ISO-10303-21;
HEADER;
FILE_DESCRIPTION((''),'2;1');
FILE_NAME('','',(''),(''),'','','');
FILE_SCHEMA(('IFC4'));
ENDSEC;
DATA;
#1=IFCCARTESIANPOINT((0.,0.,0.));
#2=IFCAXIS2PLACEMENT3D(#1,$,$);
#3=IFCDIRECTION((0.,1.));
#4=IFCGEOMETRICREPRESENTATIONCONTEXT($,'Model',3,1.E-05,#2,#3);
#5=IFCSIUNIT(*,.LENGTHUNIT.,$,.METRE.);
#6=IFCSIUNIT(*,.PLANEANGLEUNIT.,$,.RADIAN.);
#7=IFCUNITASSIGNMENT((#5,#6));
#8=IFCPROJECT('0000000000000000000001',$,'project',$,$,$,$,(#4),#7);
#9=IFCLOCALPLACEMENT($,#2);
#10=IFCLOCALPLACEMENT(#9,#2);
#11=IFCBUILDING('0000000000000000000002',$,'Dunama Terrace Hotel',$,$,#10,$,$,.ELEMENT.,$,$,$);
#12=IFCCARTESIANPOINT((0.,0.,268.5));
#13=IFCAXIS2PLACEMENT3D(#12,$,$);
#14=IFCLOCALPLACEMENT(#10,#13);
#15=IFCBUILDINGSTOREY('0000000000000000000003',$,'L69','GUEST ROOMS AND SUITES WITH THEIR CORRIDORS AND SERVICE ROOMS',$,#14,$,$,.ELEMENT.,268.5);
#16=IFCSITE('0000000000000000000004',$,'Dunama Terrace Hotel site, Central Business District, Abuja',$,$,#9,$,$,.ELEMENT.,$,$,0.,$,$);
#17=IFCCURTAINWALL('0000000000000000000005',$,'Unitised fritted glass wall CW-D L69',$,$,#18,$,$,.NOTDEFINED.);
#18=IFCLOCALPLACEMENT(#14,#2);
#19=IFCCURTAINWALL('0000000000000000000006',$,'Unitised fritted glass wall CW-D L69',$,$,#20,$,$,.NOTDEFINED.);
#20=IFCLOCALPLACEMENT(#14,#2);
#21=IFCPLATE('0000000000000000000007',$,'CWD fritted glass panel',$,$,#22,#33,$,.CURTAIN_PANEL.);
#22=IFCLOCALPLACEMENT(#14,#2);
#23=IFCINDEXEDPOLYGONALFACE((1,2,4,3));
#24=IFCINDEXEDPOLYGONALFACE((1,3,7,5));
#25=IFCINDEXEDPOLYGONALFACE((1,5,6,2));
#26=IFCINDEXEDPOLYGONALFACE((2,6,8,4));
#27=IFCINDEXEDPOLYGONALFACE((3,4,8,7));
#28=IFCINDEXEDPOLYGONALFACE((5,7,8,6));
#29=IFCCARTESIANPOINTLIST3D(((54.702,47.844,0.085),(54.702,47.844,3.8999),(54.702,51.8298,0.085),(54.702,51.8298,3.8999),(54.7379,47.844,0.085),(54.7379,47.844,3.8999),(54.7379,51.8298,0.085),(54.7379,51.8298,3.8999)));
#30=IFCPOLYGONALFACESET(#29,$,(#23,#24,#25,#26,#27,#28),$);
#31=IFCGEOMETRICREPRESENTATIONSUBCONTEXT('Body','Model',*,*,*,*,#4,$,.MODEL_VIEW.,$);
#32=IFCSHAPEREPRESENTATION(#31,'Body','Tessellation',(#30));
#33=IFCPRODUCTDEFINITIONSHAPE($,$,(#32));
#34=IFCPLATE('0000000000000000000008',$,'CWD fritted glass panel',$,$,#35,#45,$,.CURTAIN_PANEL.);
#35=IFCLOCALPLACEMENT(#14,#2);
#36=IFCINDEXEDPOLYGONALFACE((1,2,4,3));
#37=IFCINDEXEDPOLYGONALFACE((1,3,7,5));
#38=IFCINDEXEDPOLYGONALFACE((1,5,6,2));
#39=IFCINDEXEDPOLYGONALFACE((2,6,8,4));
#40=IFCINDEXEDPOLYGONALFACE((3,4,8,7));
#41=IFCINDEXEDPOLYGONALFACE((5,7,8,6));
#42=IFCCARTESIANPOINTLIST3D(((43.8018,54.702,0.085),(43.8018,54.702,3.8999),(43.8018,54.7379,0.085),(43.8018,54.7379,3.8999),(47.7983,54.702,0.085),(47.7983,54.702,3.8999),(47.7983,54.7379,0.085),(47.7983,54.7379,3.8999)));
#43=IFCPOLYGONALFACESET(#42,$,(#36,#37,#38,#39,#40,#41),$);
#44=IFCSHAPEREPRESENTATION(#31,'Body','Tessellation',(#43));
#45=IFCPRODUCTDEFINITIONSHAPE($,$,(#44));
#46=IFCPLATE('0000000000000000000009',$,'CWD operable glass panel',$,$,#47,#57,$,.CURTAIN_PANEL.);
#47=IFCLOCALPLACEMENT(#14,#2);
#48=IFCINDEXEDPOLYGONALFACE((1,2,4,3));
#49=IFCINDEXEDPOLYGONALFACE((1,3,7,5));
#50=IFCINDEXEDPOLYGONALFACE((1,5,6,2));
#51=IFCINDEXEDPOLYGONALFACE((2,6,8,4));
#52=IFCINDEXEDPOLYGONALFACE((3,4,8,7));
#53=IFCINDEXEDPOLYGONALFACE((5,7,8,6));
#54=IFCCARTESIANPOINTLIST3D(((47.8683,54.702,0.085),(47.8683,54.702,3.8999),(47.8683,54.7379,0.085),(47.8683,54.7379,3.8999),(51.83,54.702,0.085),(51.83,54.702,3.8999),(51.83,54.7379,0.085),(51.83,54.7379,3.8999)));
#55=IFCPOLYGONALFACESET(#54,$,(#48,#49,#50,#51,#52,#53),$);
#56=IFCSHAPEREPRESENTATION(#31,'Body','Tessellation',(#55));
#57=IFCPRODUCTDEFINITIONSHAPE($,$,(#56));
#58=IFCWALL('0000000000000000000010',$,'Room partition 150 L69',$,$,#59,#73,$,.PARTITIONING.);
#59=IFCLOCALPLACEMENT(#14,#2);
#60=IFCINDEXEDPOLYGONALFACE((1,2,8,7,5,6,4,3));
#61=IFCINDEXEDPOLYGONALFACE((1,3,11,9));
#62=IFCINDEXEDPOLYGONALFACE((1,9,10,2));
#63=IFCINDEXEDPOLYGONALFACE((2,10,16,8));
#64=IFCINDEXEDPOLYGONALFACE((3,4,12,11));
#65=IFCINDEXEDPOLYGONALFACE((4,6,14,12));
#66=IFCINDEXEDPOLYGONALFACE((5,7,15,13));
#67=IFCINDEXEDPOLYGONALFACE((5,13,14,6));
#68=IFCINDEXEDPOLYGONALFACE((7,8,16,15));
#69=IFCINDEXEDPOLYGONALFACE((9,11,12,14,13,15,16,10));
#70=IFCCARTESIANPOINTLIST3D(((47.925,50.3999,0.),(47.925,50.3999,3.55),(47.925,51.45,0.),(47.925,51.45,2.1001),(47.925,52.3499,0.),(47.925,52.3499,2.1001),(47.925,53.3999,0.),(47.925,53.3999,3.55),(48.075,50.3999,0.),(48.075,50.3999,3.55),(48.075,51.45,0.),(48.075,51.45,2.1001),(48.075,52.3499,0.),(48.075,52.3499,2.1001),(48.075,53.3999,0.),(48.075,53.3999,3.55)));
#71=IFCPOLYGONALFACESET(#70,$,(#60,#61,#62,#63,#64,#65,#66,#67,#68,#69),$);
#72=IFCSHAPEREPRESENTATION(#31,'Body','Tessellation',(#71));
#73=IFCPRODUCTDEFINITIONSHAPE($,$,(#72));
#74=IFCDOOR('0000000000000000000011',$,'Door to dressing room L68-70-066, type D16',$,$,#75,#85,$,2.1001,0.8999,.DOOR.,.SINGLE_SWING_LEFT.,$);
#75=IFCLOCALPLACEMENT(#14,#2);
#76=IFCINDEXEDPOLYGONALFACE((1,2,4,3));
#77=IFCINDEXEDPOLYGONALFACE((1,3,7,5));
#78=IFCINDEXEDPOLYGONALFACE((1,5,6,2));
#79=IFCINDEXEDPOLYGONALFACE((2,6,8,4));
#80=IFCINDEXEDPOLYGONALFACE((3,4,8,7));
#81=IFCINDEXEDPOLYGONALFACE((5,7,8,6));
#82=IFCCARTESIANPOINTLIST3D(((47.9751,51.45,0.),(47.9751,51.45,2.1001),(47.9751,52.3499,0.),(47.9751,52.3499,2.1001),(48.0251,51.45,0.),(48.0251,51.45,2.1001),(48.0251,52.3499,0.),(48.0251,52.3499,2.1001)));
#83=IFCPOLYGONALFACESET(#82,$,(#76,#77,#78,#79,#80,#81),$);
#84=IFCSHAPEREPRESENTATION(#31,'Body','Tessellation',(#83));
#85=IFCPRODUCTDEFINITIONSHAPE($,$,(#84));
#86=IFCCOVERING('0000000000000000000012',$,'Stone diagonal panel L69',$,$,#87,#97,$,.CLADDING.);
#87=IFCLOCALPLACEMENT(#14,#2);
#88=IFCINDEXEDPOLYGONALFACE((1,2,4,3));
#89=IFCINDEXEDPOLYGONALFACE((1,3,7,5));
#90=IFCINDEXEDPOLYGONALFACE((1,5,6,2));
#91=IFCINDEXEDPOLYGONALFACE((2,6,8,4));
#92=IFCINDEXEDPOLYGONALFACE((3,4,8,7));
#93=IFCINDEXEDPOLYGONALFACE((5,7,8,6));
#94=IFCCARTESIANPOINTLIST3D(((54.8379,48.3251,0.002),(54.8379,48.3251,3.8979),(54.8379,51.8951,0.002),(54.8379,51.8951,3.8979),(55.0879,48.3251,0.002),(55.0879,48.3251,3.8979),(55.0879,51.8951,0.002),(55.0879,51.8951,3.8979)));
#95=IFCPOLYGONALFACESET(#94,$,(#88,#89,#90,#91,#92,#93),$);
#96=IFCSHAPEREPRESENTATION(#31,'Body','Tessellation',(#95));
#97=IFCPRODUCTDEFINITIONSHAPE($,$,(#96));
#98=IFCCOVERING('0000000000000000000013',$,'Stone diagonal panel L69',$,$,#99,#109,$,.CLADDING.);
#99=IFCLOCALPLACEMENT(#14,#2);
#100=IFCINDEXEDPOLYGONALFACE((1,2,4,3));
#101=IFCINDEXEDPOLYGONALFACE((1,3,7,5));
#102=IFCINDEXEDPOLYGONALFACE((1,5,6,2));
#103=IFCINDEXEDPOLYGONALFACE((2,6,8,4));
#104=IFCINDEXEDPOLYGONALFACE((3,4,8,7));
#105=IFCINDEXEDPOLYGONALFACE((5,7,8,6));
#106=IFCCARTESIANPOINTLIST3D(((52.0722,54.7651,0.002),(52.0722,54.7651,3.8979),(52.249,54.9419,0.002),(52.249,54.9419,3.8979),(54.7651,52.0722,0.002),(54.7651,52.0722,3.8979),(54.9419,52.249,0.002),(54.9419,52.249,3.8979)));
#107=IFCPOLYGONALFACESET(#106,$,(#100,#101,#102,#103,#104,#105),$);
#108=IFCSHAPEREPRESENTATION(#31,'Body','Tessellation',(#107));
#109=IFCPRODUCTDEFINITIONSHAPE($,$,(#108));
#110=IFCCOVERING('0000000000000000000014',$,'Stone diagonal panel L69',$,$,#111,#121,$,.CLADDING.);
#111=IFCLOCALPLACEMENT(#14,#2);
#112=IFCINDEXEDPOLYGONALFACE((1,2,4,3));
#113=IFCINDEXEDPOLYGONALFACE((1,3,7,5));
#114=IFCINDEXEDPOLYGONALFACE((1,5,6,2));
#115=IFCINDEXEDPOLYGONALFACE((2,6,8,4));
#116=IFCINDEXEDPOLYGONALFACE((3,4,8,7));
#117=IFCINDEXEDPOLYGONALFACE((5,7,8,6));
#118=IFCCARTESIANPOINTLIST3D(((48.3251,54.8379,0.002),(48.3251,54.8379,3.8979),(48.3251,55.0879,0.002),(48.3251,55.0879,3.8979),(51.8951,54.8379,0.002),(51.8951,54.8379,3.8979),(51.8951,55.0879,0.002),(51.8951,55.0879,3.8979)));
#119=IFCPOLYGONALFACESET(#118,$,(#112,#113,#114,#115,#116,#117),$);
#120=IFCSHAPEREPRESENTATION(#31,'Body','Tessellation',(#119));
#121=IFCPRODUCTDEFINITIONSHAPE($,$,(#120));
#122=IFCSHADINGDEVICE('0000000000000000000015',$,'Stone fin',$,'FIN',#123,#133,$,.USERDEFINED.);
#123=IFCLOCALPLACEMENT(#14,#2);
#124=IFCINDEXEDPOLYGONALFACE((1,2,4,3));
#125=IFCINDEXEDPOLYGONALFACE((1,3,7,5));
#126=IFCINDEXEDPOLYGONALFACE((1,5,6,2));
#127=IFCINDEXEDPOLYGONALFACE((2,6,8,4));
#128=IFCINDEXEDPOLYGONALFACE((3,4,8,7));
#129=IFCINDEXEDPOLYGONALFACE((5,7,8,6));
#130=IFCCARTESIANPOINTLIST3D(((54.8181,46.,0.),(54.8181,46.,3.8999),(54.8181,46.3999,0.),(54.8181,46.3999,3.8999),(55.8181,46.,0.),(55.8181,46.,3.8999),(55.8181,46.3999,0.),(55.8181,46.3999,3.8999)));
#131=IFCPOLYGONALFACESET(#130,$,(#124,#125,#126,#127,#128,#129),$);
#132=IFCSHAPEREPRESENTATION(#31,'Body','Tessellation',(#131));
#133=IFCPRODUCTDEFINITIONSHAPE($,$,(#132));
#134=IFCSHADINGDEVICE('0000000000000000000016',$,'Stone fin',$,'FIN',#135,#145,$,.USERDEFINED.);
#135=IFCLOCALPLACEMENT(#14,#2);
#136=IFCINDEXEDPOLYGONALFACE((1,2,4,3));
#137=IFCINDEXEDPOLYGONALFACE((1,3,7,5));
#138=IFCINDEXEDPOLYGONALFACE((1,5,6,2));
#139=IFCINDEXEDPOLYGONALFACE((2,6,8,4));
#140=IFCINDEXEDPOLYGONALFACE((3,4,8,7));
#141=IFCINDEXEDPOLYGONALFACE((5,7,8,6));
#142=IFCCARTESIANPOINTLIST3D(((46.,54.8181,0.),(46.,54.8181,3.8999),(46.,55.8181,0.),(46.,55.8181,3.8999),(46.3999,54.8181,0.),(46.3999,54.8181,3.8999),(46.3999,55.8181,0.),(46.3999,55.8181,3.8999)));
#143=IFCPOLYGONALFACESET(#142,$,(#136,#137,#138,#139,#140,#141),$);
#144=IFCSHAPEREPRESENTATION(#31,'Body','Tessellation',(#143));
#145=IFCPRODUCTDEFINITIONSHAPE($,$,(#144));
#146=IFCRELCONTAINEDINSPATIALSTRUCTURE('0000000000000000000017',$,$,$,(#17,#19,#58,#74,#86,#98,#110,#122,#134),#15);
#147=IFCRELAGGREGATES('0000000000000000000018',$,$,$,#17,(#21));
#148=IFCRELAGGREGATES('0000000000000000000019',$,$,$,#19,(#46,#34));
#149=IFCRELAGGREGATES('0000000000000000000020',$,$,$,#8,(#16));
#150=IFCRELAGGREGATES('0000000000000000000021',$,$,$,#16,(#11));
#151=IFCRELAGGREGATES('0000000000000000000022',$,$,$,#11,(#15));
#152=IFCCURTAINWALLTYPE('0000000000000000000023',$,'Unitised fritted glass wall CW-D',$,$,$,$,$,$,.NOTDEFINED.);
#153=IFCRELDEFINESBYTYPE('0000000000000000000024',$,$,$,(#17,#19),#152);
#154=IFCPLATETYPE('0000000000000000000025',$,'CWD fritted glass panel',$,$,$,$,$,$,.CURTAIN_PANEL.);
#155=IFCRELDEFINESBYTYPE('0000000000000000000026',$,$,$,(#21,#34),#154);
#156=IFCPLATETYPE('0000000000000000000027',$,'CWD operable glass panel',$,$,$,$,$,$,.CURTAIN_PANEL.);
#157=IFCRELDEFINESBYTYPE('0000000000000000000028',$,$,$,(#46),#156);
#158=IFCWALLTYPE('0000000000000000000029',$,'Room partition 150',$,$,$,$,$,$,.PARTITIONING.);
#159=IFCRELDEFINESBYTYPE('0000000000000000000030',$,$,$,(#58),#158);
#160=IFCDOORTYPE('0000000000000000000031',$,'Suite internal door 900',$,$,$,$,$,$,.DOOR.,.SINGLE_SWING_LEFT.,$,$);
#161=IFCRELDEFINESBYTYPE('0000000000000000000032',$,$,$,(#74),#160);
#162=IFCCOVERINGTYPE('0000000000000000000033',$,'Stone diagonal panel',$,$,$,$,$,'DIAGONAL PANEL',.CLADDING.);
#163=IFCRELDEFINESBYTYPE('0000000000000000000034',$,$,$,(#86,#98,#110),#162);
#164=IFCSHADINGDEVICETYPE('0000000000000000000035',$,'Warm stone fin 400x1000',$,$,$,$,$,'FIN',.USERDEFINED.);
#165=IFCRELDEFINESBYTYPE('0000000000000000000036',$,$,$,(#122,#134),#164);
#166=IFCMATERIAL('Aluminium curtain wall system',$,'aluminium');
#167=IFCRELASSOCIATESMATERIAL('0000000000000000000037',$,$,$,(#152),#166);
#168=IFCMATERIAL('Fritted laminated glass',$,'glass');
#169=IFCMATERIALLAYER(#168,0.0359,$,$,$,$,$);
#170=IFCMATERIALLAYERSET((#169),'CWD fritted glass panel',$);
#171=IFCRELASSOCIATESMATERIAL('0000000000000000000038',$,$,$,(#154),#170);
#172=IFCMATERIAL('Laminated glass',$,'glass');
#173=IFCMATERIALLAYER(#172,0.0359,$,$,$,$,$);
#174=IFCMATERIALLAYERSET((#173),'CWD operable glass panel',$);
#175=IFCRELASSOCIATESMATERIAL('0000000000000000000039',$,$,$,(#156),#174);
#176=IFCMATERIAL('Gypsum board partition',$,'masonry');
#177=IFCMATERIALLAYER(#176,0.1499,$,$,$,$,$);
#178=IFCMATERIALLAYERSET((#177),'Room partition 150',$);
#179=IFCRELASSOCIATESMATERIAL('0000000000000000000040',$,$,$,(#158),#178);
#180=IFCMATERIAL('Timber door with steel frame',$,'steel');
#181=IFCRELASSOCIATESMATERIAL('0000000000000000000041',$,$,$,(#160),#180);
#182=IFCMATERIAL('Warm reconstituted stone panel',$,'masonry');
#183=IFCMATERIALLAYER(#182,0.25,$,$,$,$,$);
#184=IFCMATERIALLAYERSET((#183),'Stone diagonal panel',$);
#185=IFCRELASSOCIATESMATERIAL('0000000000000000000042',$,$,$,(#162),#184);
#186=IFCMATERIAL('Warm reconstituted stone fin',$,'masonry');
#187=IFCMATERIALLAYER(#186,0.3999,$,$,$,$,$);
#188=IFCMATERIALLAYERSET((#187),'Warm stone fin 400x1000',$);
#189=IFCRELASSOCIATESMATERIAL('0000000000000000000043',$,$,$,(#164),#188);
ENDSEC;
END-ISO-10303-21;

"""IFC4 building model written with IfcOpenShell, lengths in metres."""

from ifc_helpers import new_model, si_unit, direction, frame, frame_2d, origin, origin_2d, place, context, subcontext, project, spatial, rectangle, extrude, material, layer, layer_set, type_object, element, fill, aggregate, save


model = new_model("IFC4")

# Units and contexts
model_context = context("Model", 3, precision=1e-05, world=origin(), true_north=direction((0.0, 1.0)))
body_context = subcontext(model_context, "Body", "Model", "MODEL_VIEW")
ifc_project = project(units=[si_unit("LENGTHUNIT", "METRE"), si_unit("PLANEANGLEUNIT", "RADIAN")], contexts=[model_context])

# Site, building, storey
site_placement = place(None, origin())
site = spatial("IfcSite", under=ifc_project, at=site_placement, Name="Dunama Terrace Hotel site, Central Business District, Abuja", CompositionType="ELEMENT", RefElevation=0.0)
building_placement = place(site_placement, origin())
building = spatial("IfcBuilding", under=site, at=building_placement, Name="Dunama Terrace Hotel", CompositionType="ELEMENT")
storey_placement = place(building_placement, frame((0.0, 0.0, 268.5)))
storey = spatial("IfcBuildingStorey", under=building, at=storey_placement, Name="L69", Description="GUEST ROOMS AND SUITES WITH THEIR CORRIDORS AND SERVICE ROOMS", CompositionType="ELEMENT", Elevation=268.5)

# Curtain walls
ifc_material_1 = material(Name="Aluminium curtain wall system", Category="aluminium")
curtain_wall_type = type_object("IfcCurtainWallType", Name="Unitised fritted glass wall CW-D", PredefinedType="NOTDEFINED", material=ifc_material_1)
curtain_wall_1_placement = place(storey_placement, origin())
curtain_wall_1 = element("IfcCurtainWall", 1, at=curtain_wall_1_placement, inside=storey, type_object=curtain_wall_type, Name="Unitised fritted glass wall CW-D L69", PredefinedType="NOTDEFINED")
curtain_wall_2_placement = place(storey_placement, origin())
curtain_wall_2 = element("IfcCurtainWall", 2, at=curtain_wall_2_placement, inside=storey, type_object=curtain_wall_type, Name="Unitised fritted glass wall CW-D L69", PredefinedType="NOTDEFINED")

# Plates
ifc_material_2 = material(Name="Fritted laminated glass", Category="glass")
ifc_layer_1 = layer(ifc_material_2, 0.0359)
ifc_layer_set_1 = layer_set([ifc_layer_1], Name="CWD fritted glass panel")
plate_type_1 = type_object("IfcPlateType", Name="CWD fritted glass panel", PredefinedType="CURTAIN_PANEL", material=ifc_layer_set_1)
plate_1_placement = place(storey_placement, frame((54.72, 49.8369, 0.085), z_axis=(0.0, 0.0, 1.0), x_axis=(0.0, 1.0, 0.0)))
plate_1 = element("IfcPlate", 3, at=plate_1_placement, type_object=plate_type_1, Name="CWD fritted glass panel", PredefinedType="CURTAIN_PANEL", context=body_context, shape_type="SweptSolid", body=[
    extrude(rectangle(XDim=3.9858, YDim=0.0359, at=origin_2d()), origin(), (0.0, 0.0, 1.0), 3.8149),
])
aggregate(curtain_wall_1, [plate_1])
plate_2_placement = place(storey_placement, frame((45.8, 54.72, 0.085), z_axis=(0.0, 0.0, 1.0), x_axis=(-1.0, 0.0, 0.0)))
plate_2 = element("IfcPlate", 4, at=plate_2_placement, type_object=plate_type_1, Name="CWD fritted glass panel", PredefinedType="CURTAIN_PANEL", context=body_context, shape_type="SweptSolid", body=[
    extrude(rectangle(XDim=3.9966, YDim=0.0359, at=origin_2d()), origin(), (0.0, 0.0, 1.0), 3.8149),
])
ifc_material_3 = material(Name="Laminated glass", Category="glass")
ifc_layer_2 = layer(ifc_material_3, 0.0359)
ifc_layer_set_2 = layer_set([ifc_layer_2], Name="CWD operable glass panel")
plate_type_2 = type_object("IfcPlateType", Name="CWD operable glass panel", PredefinedType="CURTAIN_PANEL", material=ifc_layer_set_2)
plate_3_placement = place(storey_placement, frame((49.8491, 54.72, 0.085), z_axis=(0.0, 0.0, 1.0), x_axis=(-1.0, 0.0, 0.0)))
plate_3 = element("IfcPlate", 5, at=plate_3_placement, type_object=plate_type_2, Name="CWD operable glass panel", PredefinedType="CURTAIN_PANEL", context=body_context, shape_type="SweptSolid", body=[
    extrude(rectangle(XDim=3.9617, YDim=0.0359, at=origin_2d()), origin(), (0.0, 0.0, 1.0), 3.8149),
])
aggregate(curtain_wall_2, [plate_3, plate_2])

# Wall, opening, door
ifc_material_4 = material(Name="Gypsum board partition", Category="masonry")
ifc_layer_3 = layer(ifc_material_4, 0.1499)
ifc_layer_set_3 = layer_set([ifc_layer_3], Name="Room partition 150")
wall_type = type_object("IfcWallType", Name="Room partition 150", PredefinedType="PARTITIONING", material=ifc_layer_set_3)
wall_placement = place(storey_placement, frame((48.0, 50.3999, 0.0), z_axis=(0.0, 0.0, 1.0), x_axis=(0.0, 1.0, 0.0)))
wall = element("IfcWall", 6, at=wall_placement, inside=storey, type_object=wall_type, Name="Room partition 150 L69", PredefinedType="PARTITIONING", context=body_context, shape_type="SweptSolid", body=[
    extrude(rectangle(XDim=3.0, YDim=0.1499, at=frame_2d((1.5, 0.0))), origin(), (0.0, 0.0, 1.0), 3.55),
])
opening_placement = place(wall_placement, frame((1.05, 0.0, 0.0)))
opening = element("IfcOpeningElement", 7, at=opening_placement, cuts=wall, PredefinedType="OPENING", context=body_context, shape_type="SweptSolid", body=[
    extrude(rectangle(XDim=0.8999, YDim=2.1001, at=frame_2d((0.45, 1.05))), frame((0.0, 0.085, 0.0), z_axis=(0.0, -1.0, 0.0), x_axis=(1.0, 0.0, 0.0)), (0.0, 0.0, 1.0), 0.1699),
])
ifc_material_5 = material(Name="Timber door with steel frame", Category="steel")
door_type = type_object("IfcDoorType", Name="Suite internal door 900", OperationType="SINGLE_SWING_LEFT", PredefinedType="DOOR", material=ifc_material_5)
door_placement = place(opening_placement, origin())
door = element("IfcDoor", 8, at=door_placement, inside=storey, type_object=door_type, Name="Door to dressing room L68-70-066, type D16", OperationType="SINGLE_SWING_LEFT", OverallHeight=2.1001, OverallWidth=0.8999, PredefinedType="DOOR", context=body_context, shape_type="SweptSolid", body=[
    extrude(rectangle(XDim=0.8999, YDim=2.1001, at=frame_2d((0.45, 1.05))), frame((0.0, 0.0249, 0.0), z_axis=(0.0, -1.0, 0.0), x_axis=(1.0, 0.0, 0.0)), (0.0, 0.0, 1.0), 0.05),
])
fill(opening, door)

# Coverings
ifc_material_6 = material(Name="Warm reconstituted stone panel", Category="masonry")
ifc_layer_4 = layer(ifc_material_6, 0.25)
ifc_layer_set_4 = layer_set([ifc_layer_4], Name="Stone diagonal panel")
covering_type = type_object("IfcCoveringType", Name="Stone diagonal panel", ElementType="DIAGONAL PANEL", PredefinedType="CLADDING", material=ifc_layer_set_4)
covering_1_placement = place(storey_placement, frame((54.9629, 50.1101, 0.002), z_axis=(0.0, 0.0, 1.0), x_axis=(0.0, 1.0, 0.0)))
element("IfcCovering", 9, at=covering_1_placement, inside=storey, type_object=covering_type, Name="Stone diagonal panel L69", PredefinedType="CLADDING", context=body_context, shape_type="SweptSolid", body=[
    extrude(rectangle(XDim=3.5701, YDim=0.25, at=origin_2d()), origin(), (0.0, 0.0, 1.0), 3.896),
])
covering_2_placement = place(storey_placement, frame((53.5071, 53.5071, 0.002), z_axis=(0.0, 0.0, 1.0), x_axis=(-0.707107, 0.707107, 0.0)))
element("IfcCovering", 10, at=covering_2_placement, inside=storey, type_object=covering_type, Name="Stone diagonal panel L69", PredefinedType="CLADDING", context=body_context, shape_type="SweptSolid", body=[
    extrude(rectangle(XDim=3.8083, YDim=0.25, at=origin_2d()), origin(), (0.0, 0.0, 1.0), 3.896),
])
covering_3_placement = place(storey_placement, frame((50.1101, 54.9629, 0.002), z_axis=(0.0, 0.0, 1.0), x_axis=(-1.0, 0.0, 0.0)))
element("IfcCovering", 11, at=covering_3_placement, inside=storey, type_object=covering_type, Name="Stone diagonal panel L69", PredefinedType="CLADDING", context=body_context, shape_type="SweptSolid", body=[
    extrude(rectangle(XDim=3.5701, YDim=0.25, at=origin_2d()), origin(), (0.0, 0.0, 1.0), 3.896),
])

# Shading devices
ifc_material_7 = material(Name="Warm reconstituted stone fin", Category="masonry")
ifc_layer_5 = layer(ifc_material_7, 0.3999)
ifc_layer_set_5 = layer_set([ifc_layer_5], Name="Warm stone fin 400x1000")
shading_device_type = type_object("IfcShadingDeviceType", Name="Warm stone fin 400x1000", ElementType="FIN", PredefinedType="USERDEFINED", material=ifc_layer_set_5)
for number, where, z_axis, x_axis, name in (
    (12, (55.3181, 46.2, 0.0), (0.0, 0.0, 1.0), (0.0, 1.0, 0.0), "Stone fin"),
    (13, (46.2, 55.3181, 0.0), (0.0, 0.0, 1.0), (-1.0, 0.0, 0.0), "Stone fin"),
):
    element("IfcShadingDevice", number, at=place(storey_placement, frame(where, z_axis=z_axis, x_axis=x_axis)), inside=storey, type_object=shading_device_type, Name=name, ObjectType="FIN", PredefinedType="USERDEFINED", context=body_context, shape_type="SweptSolid", body=[
        extrude(rectangle(XDim=0.3999, YDim=1.0, at=origin_2d()), origin(), (0.0, 0.0, 1.0), 3.8999),
    ])

save(model, "model.ifc")
